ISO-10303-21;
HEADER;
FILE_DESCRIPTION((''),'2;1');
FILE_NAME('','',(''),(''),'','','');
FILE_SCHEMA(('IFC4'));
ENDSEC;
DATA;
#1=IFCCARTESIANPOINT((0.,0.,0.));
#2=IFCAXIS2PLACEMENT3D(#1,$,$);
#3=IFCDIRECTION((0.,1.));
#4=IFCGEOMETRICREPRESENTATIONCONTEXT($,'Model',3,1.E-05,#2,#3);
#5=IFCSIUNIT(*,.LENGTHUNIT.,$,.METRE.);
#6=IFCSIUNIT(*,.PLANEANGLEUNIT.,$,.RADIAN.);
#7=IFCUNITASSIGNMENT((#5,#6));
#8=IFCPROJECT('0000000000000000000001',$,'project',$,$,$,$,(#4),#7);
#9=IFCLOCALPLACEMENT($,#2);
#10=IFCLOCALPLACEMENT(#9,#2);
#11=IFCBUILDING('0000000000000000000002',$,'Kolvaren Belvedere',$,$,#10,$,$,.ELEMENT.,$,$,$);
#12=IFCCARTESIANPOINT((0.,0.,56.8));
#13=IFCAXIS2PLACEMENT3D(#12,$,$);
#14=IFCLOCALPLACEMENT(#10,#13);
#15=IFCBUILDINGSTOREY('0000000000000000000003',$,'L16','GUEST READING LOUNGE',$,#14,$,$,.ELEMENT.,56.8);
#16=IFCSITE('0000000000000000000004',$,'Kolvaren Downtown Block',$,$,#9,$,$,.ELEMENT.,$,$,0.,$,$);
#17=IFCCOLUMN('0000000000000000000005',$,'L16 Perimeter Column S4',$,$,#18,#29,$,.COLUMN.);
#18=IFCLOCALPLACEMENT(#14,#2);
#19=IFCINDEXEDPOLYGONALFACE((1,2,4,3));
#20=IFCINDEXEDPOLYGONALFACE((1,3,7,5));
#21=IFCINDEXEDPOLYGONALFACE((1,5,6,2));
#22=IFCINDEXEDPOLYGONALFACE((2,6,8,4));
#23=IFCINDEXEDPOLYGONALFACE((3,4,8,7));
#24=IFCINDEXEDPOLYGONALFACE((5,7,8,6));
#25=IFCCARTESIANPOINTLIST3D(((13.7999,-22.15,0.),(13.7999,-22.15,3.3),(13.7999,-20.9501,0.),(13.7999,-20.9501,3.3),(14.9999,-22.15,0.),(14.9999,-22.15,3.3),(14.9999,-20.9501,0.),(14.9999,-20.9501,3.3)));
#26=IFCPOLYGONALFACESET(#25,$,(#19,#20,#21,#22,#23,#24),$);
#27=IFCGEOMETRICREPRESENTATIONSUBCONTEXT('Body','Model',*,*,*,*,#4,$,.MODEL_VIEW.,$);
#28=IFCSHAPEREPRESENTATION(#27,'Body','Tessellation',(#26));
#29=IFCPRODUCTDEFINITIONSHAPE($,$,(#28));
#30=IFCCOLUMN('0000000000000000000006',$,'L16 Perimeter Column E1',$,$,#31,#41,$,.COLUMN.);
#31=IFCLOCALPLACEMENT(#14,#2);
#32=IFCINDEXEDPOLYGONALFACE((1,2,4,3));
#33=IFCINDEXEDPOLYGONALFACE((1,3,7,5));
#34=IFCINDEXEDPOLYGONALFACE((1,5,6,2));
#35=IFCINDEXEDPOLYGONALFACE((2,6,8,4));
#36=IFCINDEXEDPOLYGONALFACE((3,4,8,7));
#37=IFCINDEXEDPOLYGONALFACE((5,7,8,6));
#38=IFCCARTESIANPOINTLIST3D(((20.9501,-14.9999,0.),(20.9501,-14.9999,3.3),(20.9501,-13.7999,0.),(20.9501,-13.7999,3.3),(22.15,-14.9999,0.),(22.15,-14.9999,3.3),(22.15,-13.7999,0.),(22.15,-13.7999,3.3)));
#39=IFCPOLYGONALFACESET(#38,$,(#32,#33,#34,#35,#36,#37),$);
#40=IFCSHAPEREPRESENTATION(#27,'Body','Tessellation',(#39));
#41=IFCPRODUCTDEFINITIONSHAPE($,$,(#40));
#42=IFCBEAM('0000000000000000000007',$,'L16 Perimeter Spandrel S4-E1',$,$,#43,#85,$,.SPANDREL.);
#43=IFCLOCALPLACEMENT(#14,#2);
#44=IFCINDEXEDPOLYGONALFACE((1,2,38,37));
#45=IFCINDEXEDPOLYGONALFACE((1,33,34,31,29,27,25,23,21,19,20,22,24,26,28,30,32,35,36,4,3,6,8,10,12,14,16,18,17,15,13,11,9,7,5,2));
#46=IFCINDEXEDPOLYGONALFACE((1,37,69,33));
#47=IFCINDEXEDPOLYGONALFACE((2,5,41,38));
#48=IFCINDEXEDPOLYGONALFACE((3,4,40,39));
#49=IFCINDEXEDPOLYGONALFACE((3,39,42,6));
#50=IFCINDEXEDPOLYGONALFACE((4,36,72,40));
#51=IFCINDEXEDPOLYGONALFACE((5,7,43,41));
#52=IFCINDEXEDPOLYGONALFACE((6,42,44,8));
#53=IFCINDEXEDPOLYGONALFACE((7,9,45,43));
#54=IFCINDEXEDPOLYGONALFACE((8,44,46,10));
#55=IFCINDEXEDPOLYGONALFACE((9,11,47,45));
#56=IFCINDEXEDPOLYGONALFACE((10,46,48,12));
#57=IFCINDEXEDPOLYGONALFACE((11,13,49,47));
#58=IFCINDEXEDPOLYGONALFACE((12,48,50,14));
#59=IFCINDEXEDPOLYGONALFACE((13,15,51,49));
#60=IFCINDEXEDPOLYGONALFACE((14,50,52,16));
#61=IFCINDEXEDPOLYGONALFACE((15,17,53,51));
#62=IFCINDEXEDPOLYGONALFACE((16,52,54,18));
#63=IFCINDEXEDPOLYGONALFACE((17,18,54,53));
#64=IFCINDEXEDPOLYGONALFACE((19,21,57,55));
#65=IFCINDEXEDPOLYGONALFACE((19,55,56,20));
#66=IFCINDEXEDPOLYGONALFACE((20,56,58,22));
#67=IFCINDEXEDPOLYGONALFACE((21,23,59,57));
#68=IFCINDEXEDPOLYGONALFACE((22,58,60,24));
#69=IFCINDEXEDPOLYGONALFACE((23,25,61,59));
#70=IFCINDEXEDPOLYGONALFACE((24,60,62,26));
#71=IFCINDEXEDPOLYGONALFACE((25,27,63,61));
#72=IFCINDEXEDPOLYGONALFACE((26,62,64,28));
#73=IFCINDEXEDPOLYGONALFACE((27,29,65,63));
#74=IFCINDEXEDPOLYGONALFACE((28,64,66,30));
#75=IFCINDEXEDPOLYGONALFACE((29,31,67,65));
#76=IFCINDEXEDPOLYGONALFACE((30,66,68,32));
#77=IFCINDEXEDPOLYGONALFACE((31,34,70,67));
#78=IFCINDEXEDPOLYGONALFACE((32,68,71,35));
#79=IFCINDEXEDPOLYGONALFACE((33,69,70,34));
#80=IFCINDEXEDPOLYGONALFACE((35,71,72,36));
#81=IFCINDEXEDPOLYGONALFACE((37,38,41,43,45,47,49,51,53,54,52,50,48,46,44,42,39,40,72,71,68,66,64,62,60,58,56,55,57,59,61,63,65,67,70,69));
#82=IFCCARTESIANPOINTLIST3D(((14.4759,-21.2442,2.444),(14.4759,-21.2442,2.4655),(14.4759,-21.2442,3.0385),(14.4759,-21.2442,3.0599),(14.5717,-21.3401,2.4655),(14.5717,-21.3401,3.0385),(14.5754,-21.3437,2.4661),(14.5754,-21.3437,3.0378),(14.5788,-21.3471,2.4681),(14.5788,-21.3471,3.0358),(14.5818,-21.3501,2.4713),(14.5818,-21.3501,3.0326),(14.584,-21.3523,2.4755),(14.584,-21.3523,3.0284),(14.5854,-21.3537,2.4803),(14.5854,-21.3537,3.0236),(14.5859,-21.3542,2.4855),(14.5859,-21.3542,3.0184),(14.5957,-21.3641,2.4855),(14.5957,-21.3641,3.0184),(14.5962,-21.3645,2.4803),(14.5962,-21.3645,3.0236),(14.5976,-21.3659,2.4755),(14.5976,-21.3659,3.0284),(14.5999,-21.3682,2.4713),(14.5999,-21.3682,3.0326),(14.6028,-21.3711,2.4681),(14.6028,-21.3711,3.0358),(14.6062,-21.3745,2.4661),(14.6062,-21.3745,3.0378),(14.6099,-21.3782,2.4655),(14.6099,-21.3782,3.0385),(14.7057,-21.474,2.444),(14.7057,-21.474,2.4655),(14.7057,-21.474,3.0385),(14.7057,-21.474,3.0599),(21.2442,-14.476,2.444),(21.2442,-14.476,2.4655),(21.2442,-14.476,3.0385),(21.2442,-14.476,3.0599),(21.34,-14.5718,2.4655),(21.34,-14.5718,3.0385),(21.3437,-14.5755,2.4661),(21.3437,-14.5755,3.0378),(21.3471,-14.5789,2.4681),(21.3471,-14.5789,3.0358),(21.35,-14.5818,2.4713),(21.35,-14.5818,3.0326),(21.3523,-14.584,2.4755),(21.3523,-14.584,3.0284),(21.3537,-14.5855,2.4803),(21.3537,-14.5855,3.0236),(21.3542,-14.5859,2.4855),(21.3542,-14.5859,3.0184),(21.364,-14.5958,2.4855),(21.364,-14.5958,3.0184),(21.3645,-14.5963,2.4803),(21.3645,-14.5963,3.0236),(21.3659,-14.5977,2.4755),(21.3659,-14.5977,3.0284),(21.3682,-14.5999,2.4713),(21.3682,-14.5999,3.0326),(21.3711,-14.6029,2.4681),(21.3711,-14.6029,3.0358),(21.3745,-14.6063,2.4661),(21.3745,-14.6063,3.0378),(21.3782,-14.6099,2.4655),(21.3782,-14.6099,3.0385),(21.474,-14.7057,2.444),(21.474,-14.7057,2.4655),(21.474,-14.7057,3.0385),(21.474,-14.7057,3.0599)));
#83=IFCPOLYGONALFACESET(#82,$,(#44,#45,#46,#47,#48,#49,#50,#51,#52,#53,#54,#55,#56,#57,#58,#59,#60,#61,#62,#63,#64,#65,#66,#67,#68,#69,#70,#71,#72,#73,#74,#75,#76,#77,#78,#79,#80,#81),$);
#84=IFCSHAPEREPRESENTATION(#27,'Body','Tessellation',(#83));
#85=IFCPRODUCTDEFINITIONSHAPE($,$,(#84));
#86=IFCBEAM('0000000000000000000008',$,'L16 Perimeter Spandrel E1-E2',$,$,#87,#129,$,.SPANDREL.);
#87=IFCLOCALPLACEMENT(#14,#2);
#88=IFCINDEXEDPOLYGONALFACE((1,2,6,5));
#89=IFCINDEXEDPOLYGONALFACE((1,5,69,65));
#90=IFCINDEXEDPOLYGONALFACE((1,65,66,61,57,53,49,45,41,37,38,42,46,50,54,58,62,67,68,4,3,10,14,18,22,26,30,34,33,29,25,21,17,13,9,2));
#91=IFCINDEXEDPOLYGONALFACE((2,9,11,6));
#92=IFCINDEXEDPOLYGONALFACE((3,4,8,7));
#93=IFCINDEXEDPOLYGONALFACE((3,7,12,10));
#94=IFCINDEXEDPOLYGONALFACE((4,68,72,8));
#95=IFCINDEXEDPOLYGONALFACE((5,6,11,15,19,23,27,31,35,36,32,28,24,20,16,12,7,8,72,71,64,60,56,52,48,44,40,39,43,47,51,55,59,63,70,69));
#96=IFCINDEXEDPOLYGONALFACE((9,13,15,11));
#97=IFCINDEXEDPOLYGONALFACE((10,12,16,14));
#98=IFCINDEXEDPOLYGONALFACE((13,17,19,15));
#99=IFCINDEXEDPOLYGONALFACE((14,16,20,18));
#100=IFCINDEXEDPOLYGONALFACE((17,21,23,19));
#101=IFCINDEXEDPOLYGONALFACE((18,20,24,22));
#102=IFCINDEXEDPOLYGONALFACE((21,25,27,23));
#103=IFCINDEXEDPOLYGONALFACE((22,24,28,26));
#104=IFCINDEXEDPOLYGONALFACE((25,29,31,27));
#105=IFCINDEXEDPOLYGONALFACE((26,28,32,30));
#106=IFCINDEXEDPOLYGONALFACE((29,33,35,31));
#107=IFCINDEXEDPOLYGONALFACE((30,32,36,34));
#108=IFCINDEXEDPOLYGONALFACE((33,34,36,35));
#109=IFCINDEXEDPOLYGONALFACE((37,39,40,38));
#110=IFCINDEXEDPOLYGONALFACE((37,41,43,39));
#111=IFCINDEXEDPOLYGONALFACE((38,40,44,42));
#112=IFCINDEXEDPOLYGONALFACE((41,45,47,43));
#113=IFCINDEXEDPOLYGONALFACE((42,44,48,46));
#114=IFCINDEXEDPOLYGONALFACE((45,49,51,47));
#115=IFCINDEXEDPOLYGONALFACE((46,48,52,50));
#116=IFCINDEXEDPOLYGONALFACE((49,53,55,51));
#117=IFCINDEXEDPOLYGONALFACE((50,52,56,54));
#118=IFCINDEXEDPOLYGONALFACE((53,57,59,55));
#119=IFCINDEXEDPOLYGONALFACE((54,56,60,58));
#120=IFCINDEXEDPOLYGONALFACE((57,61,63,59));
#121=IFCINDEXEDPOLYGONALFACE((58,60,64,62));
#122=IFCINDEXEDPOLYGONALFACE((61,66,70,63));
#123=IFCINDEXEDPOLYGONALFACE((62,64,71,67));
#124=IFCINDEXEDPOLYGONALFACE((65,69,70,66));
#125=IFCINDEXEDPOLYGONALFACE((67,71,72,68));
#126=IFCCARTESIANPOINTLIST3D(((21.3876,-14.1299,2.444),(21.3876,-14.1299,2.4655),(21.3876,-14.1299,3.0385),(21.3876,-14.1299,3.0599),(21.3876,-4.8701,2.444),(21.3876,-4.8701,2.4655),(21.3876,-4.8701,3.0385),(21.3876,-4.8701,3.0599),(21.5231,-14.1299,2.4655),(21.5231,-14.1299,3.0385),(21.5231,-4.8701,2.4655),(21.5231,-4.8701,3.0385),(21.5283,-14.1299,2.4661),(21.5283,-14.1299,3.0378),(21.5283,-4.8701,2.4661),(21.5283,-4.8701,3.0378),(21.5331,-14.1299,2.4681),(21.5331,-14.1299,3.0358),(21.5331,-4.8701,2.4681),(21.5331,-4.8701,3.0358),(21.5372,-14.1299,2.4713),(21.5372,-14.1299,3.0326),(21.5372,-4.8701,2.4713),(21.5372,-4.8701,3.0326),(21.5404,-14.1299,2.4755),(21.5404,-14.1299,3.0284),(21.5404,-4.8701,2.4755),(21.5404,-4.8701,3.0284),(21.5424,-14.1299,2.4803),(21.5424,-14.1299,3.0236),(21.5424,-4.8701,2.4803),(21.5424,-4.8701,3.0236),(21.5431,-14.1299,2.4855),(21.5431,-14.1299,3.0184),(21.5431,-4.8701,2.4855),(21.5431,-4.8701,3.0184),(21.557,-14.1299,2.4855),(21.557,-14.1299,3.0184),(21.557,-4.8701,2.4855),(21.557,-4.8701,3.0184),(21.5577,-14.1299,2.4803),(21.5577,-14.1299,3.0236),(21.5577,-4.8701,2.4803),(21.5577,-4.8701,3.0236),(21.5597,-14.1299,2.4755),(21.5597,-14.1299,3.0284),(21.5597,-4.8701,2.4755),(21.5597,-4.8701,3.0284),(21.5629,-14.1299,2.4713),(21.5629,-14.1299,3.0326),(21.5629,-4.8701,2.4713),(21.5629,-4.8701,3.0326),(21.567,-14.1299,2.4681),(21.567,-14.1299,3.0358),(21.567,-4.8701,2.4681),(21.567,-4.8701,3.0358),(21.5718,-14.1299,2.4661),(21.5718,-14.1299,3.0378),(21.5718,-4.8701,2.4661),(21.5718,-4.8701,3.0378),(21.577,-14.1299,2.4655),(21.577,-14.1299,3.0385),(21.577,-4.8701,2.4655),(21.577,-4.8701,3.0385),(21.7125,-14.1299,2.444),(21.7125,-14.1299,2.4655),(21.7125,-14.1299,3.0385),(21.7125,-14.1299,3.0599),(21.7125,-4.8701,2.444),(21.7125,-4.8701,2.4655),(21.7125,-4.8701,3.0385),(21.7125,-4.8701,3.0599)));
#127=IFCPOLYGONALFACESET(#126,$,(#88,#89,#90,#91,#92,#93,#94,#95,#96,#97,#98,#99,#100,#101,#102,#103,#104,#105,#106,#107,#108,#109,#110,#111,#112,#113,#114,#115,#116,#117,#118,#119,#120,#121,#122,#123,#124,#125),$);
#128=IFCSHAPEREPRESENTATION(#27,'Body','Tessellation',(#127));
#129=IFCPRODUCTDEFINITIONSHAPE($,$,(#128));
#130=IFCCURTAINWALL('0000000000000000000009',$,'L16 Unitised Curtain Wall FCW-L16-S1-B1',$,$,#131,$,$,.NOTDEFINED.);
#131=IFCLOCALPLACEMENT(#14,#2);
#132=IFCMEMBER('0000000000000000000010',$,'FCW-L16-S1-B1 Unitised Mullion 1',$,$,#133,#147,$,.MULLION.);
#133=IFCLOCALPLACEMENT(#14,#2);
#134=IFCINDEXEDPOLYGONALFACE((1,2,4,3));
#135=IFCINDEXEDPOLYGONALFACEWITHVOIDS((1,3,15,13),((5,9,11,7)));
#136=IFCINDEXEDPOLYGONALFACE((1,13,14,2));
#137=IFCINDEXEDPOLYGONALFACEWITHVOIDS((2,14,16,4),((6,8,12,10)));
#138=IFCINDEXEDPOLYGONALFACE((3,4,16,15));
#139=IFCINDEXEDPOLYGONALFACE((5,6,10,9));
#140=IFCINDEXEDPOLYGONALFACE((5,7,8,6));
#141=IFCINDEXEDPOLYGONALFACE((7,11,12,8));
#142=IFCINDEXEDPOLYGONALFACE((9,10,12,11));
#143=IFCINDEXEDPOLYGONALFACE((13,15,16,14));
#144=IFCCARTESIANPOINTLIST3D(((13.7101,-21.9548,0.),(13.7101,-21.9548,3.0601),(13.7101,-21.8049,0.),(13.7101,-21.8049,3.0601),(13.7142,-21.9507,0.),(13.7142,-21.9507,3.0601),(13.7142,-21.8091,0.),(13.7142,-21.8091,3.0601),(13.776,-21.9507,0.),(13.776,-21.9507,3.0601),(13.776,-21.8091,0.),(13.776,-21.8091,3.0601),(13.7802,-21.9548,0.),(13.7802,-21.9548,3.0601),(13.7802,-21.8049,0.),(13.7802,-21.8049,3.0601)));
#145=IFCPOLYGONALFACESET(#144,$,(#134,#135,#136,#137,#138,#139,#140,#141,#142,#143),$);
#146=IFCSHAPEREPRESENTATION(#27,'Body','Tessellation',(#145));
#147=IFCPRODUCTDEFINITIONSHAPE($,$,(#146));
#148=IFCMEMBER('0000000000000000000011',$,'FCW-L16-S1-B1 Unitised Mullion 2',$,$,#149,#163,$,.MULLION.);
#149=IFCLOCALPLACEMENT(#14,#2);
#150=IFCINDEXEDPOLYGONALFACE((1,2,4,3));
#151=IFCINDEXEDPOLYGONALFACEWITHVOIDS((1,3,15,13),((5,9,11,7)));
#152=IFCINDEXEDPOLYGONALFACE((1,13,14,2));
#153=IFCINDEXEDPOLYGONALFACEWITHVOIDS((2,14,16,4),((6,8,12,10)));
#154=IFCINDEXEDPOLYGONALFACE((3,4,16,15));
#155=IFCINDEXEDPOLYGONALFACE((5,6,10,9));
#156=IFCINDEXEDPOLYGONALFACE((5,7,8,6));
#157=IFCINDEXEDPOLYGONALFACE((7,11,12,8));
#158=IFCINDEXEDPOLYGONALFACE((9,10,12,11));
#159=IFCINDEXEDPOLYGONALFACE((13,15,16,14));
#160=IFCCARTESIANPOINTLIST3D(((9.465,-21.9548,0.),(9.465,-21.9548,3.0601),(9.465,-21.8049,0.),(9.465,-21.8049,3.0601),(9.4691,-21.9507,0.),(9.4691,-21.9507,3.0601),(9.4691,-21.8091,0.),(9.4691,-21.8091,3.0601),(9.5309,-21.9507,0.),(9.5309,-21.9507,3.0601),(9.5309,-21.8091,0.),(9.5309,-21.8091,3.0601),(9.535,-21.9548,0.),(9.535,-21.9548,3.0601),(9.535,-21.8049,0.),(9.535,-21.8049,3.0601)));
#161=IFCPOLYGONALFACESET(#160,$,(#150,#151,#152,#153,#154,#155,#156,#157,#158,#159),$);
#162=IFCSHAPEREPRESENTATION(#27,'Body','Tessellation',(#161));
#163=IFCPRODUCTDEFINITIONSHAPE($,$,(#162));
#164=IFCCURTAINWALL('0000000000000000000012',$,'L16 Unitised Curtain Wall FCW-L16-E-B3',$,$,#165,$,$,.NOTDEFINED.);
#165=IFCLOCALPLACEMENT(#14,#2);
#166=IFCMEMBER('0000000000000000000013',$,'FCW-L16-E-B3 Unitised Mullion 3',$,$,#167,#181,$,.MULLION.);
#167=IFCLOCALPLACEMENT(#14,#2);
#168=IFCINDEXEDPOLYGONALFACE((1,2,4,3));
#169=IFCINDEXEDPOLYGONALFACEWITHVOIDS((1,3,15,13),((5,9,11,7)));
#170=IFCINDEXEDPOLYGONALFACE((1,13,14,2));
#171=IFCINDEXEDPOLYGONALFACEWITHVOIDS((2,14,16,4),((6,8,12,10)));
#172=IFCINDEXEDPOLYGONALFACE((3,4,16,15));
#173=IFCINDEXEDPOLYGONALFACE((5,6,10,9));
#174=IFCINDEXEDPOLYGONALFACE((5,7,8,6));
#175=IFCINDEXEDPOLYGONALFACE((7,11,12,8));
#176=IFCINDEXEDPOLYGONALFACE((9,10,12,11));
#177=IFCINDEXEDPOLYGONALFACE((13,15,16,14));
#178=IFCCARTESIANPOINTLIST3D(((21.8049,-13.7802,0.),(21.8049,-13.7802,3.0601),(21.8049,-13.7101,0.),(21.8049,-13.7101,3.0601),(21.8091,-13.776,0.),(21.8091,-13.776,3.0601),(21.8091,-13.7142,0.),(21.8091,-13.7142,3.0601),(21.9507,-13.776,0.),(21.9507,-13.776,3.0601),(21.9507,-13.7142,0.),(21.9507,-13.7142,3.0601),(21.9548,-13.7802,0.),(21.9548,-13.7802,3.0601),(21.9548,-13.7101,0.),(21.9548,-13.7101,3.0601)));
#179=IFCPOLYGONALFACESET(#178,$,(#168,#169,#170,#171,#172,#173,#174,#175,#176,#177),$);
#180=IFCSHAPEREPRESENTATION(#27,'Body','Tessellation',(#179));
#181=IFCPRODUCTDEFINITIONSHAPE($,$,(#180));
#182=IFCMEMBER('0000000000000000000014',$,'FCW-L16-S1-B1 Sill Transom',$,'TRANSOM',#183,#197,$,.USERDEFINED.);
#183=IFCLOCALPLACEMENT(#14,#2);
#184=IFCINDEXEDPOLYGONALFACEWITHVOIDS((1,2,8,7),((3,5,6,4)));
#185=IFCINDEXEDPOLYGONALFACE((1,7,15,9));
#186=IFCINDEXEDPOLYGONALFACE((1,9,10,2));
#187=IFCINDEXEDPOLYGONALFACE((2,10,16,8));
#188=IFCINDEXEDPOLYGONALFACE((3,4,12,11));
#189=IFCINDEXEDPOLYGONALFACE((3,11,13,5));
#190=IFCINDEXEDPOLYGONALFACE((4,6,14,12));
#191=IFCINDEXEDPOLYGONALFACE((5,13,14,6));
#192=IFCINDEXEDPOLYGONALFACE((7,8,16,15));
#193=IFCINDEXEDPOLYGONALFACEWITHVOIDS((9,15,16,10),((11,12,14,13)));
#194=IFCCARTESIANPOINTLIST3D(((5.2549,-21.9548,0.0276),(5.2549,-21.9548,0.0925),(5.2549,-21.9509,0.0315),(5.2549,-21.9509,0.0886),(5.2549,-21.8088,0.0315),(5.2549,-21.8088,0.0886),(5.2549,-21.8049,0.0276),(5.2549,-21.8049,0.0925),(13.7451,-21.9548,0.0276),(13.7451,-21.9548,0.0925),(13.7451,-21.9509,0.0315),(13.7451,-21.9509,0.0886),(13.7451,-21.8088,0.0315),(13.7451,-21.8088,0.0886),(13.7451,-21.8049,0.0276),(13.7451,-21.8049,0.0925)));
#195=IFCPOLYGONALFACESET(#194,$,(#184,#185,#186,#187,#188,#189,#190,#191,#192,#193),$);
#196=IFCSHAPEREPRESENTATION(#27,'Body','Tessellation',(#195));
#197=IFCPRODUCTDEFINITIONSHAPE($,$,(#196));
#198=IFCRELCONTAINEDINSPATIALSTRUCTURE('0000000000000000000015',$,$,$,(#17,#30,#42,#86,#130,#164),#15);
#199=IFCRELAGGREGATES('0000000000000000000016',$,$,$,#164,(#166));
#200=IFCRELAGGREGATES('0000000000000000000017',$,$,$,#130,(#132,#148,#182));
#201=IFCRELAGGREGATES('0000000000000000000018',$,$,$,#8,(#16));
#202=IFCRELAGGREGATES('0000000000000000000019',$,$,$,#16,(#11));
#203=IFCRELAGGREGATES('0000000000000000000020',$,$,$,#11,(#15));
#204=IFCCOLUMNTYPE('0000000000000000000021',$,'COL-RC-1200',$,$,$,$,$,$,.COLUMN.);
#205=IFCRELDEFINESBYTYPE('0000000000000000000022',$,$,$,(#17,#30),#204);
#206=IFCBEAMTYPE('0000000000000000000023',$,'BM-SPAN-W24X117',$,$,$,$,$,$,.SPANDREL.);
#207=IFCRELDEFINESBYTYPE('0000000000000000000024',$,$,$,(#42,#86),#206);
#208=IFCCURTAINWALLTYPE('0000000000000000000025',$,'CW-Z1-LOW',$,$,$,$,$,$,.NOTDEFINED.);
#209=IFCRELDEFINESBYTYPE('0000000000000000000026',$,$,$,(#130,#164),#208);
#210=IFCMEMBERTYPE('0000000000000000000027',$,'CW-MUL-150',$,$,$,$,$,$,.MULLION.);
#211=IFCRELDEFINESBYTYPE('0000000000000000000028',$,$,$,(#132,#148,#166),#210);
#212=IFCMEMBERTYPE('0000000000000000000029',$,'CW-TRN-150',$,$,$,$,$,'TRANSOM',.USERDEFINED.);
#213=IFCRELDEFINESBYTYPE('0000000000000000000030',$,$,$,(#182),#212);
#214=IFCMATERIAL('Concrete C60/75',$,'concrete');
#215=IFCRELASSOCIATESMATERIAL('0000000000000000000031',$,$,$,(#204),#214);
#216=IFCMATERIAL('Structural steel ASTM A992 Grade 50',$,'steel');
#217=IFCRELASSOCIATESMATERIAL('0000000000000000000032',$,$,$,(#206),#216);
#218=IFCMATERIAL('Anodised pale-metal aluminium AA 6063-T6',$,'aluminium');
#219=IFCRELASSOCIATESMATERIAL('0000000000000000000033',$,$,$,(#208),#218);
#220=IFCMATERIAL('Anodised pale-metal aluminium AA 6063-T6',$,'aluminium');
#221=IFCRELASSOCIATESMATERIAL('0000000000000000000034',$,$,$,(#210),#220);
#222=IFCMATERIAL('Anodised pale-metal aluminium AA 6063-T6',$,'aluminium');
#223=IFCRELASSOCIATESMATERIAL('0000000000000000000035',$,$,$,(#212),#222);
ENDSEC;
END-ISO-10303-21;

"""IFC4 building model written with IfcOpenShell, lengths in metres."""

from ifc_helpers import new_model, si_unit, direction, frame, origin, origin_2d, place, context, subcontext, project, spatial, rectangle, hollow_rectangle, i_section, extrude, material, material_profile, profile_set, type_object, element, aggregate, save


model = new_model("IFC4")

# Units and contexts
model_context = context("Model", 3, precision=1e-05, world=origin(), true_north=direction((0.0, 1.0)))
body_context = subcontext(model_context, "Body", "Model", "MODEL_VIEW")
ifc_project = project(units=[si_unit("LENGTHUNIT", "METRE"), si_unit("PLANEANGLEUNIT", "RADIAN")], contexts=[model_context])

# Site, building, storey
site_placement = place(None, origin())
site = spatial("IfcSite", under=ifc_project, at=site_placement, Name="Kolvaren Downtown Block", CompositionType="ELEMENT", RefElevation=0.0)
building_placement = place(site_placement, origin())
building = spatial("IfcBuilding", under=site, at=building_placement, Name="Kolvaren Belvedere", CompositionType="ELEMENT")
storey_placement = place(building_placement, frame((0.0, 0.0, 56.8)))
storey = spatial("IfcBuildingStorey", under=building, at=storey_placement, Name="L16", Description="GUEST READING LOUNGE", CompositionType="ELEMENT", Elevation=56.8)

# Columns
ifc_material_1 = material(Name="Concrete C60/75", Category="concrete")
ifc_material_profile_1 = material_profile(ifc_material_1, rectangle(XDim=1.2, YDim=1.2, at=origin_2d()), Name="RC 1200X1200")
ifc_profile_set_1 = profile_set([ifc_material_profile_1], Name="Concrete C60/75")
column_type = type_object("IfcColumnType", Name="COL-RC-1200", PredefinedType="COLUMN", material=ifc_profile_set_1)
for number, where, z_axis, x_axis, name in (
    (1, (14.3999, -21.55, 0.0), (0.0, 0.0, 1.0), (1.0, 0.0, 0.0), "L16 Perimeter Column S4"),
    (2, (21.55, -14.3999, 0.0), (0.0, 0.0, 1.0), (1.0, 0.0, 0.0), "L16 Perimeter Column E1"),
):
    element("IfcColumn", number, at=place(storey_placement, frame(where, z_axis=z_axis, x_axis=x_axis)), inside=storey, type_object=column_type, Name=name, PredefinedType="COLUMN", context=body_context, shape_type="SweptSolid", body=[
        extrude(rectangle(XDim=1.2, YDim=1.2, at=origin_2d()), origin(), (0.0, 0.0, 1.0), 3.3),
    ])

# Beams
ifc_material_2 = material(Name="Structural steel ASTM A992 Grade 50", Category="steel")
ifc_material_profile_2 = material_profile(ifc_material_2, i_section(OverallWidth=0.325, OverallDepth=0.616, WebThickness=0.0139, FlangeThickness=0.0215, FilletRadius=0.02, at=origin_2d()), Name="W24X117")
ifc_profile_set_2 = profile_set([ifc_material_profile_2], Name="Structural steel ASTM A992 Grade 50")
beam_type = type_object("IfcBeamType", Name="BM-SPAN-W24X117", PredefinedType="SPANDREL", material=ifc_profile_set_2)
beam_1_placement = place(storey_placement, frame((14.5908, -21.3591, 2.752), z_axis=(0.707107, 0.707107, 0.0), x_axis=(-0.707107, 0.707107, 0.0)))
element("IfcBeam", 3, at=beam_1_placement, inside=storey, type_object=beam_type, Name="L16 Perimeter Spandrel S4-E1", PredefinedType="SPANDREL", context=body_context, shape_type="SweptSolid", body=[
    extrude(i_section(OverallWidth=0.325, OverallDepth=0.616, WebThickness=0.0139, FlangeThickness=0.0215, FilletRadius=0.02, at=origin_2d()), origin(), (0.0, 0.0, 1.0), 9.5718),
])
beam_2_placement = place(storey_placement, frame((21.55, -14.1299, 2.752), z_axis=(0.0, 1.0, 0.0), x_axis=(-1.0, 0.0, 0.0)))
element("IfcBeam", 4, at=beam_2_placement, inside=storey, type_object=beam_type, Name="L16 Perimeter Spandrel E1-E2", PredefinedType="SPANDREL", context=body_context, shape_type="SweptSolid", body=[
    extrude(i_section(OverallWidth=0.325, OverallDepth=0.616, WebThickness=0.0139, FlangeThickness=0.0215, FilletRadius=0.02, at=origin_2d()), origin(), (0.0, 0.0, 1.0), 9.2598),
])

# Curtain wall, members
ifc_material_3 = material(Name="Anodised pale-metal aluminium AA 6063-T6", Category="aluminium")
curtain_wall_type = type_object("IfcCurtainWallType", Name="CW-Z1-LOW", PredefinedType="NOTDEFINED", material=ifc_material_3)
curtain_wall_1_placement = place(storey_placement, origin())
curtain_wall_1 = element("IfcCurtainWall", 5, at=curtain_wall_1_placement, inside=storey, type_object=curtain_wall_type, Name="L16 Unitised Curtain Wall FCW-L16-S1-B1", PredefinedType="NOTDEFINED")
ifc_material_4 = material(Name="Anodised pale-metal aluminium AA 6063-T6", Category="aluminium")
ifc_material_profile_3 = material_profile(ifc_material_4, hollow_rectangle(XDim=0.0701, YDim=0.1499, WallThickness=0.0042, at=origin_2d()), Name="ALU-MUL-150X70")
ifc_profile_set_3 = profile_set([ifc_material_profile_3], Name="Anodised pale-metal aluminium AA 6063-T6")
member_type_1 = type_object("IfcMemberType", Name="CW-MUL-150", PredefinedType="MULLION", material=ifc_profile_set_3)
member_1_placement = place(storey_placement, frame((13.7451, -21.8799, 0.0), z_axis=(0.0, 0.0, 1.0), x_axis=(1.0, 0.0, 0.0)))
member_1 = element("IfcMember", 6, at=member_1_placement, type_object=member_type_1, Name="FCW-L16-S1-B1 Unitised Mullion 1", PredefinedType="MULLION", context=body_context, shape_type="SweptSolid", body=[
    extrude(hollow_rectangle(XDim=0.0701, YDim=0.1499, WallThickness=0.0042, at=origin_2d()), origin(), (0.0, 0.0, 1.0), 3.0601),
])
member_2_placement = place(storey_placement, frame((9.5, -21.8799, 0.0), z_axis=(0.0, 0.0, 1.0), x_axis=(1.0, 0.0, 0.0)))
member_2 = element("IfcMember", 7, at=member_2_placement, type_object=member_type_1, Name="FCW-L16-S1-B1 Unitised Mullion 2", PredefinedType="MULLION", context=body_context, shape_type="SweptSolid", body=[
    extrude(hollow_rectangle(XDim=0.0701, YDim=0.1499, WallThickness=0.0042, at=origin_2d()), origin(), (0.0, 0.0, 1.0), 3.0601),
])

# Curtain wall, member
curtain_wall_2_placement = place(storey_placement, origin())
curtain_wall_2 = element("IfcCurtainWall", 8, at=curtain_wall_2_placement, inside=storey, type_object=curtain_wall_type, Name="L16 Unitised Curtain Wall FCW-L16-E-B3", PredefinedType="NOTDEFINED")
member_3_placement = place(storey_placement, frame((21.8799, -13.7451, 0.0), z_axis=(0.0, 0.0, 1.0), x_axis=(0.0, 1.0, 0.0)))
member_3 = element("IfcMember", 9, at=member_3_placement, type_object=member_type_1, Name="FCW-L16-E-B3 Unitised Mullion 3", PredefinedType="MULLION", context=body_context, shape_type="SweptSolid", body=[
    extrude(hollow_rectangle(XDim=0.0701, YDim=0.1499, WallThickness=0.0042, at=origin_2d()), origin(), (0.0, 0.0, 1.0), 3.0601),
])
aggregate(curtain_wall_2, [member_3])

# Member
ifc_material_5 = material(Name="Anodised pale-metal aluminium AA 6063-T6", Category="aluminium")
ifc_material_profile_4 = material_profile(ifc_material_5, hollow_rectangle(XDim=0.0649, YDim=0.1499, WallThickness=0.0039, at=origin_2d()), Name="ALU-TRN-150X65")
ifc_profile_set_4 = profile_set([ifc_material_profile_4], Name="Anodised pale-metal aluminium AA 6063-T6")
member_type_2 = type_object("IfcMemberType", Name="CW-TRN-150", ElementType="TRANSOM", PredefinedType="USERDEFINED", material=ifc_profile_set_4)
member_4_placement = place(storey_placement, frame((13.7451, -21.8799, 0.0601), z_axis=(-1.0, 0.0, 0.0), x_axis=(0.0, 0.0, 1.0)))
member_4 = element("IfcMember", 10, at=member_4_placement, type_object=member_type_2, Name="FCW-L16-S1-B1 Sill Transom", ObjectType="TRANSOM", PredefinedType="USERDEFINED", context=body_context, shape_type="SweptSolid", body=[
    extrude(hollow_rectangle(XDim=0.0649, YDim=0.1499, WallThickness=0.0039, at=origin_2d()), origin(), (0.0, 0.0, 1.0), 8.4902),
])

aggregate(curtain_wall_1, [member_1, member_2, member_4])

save(model, "model.ifc")
